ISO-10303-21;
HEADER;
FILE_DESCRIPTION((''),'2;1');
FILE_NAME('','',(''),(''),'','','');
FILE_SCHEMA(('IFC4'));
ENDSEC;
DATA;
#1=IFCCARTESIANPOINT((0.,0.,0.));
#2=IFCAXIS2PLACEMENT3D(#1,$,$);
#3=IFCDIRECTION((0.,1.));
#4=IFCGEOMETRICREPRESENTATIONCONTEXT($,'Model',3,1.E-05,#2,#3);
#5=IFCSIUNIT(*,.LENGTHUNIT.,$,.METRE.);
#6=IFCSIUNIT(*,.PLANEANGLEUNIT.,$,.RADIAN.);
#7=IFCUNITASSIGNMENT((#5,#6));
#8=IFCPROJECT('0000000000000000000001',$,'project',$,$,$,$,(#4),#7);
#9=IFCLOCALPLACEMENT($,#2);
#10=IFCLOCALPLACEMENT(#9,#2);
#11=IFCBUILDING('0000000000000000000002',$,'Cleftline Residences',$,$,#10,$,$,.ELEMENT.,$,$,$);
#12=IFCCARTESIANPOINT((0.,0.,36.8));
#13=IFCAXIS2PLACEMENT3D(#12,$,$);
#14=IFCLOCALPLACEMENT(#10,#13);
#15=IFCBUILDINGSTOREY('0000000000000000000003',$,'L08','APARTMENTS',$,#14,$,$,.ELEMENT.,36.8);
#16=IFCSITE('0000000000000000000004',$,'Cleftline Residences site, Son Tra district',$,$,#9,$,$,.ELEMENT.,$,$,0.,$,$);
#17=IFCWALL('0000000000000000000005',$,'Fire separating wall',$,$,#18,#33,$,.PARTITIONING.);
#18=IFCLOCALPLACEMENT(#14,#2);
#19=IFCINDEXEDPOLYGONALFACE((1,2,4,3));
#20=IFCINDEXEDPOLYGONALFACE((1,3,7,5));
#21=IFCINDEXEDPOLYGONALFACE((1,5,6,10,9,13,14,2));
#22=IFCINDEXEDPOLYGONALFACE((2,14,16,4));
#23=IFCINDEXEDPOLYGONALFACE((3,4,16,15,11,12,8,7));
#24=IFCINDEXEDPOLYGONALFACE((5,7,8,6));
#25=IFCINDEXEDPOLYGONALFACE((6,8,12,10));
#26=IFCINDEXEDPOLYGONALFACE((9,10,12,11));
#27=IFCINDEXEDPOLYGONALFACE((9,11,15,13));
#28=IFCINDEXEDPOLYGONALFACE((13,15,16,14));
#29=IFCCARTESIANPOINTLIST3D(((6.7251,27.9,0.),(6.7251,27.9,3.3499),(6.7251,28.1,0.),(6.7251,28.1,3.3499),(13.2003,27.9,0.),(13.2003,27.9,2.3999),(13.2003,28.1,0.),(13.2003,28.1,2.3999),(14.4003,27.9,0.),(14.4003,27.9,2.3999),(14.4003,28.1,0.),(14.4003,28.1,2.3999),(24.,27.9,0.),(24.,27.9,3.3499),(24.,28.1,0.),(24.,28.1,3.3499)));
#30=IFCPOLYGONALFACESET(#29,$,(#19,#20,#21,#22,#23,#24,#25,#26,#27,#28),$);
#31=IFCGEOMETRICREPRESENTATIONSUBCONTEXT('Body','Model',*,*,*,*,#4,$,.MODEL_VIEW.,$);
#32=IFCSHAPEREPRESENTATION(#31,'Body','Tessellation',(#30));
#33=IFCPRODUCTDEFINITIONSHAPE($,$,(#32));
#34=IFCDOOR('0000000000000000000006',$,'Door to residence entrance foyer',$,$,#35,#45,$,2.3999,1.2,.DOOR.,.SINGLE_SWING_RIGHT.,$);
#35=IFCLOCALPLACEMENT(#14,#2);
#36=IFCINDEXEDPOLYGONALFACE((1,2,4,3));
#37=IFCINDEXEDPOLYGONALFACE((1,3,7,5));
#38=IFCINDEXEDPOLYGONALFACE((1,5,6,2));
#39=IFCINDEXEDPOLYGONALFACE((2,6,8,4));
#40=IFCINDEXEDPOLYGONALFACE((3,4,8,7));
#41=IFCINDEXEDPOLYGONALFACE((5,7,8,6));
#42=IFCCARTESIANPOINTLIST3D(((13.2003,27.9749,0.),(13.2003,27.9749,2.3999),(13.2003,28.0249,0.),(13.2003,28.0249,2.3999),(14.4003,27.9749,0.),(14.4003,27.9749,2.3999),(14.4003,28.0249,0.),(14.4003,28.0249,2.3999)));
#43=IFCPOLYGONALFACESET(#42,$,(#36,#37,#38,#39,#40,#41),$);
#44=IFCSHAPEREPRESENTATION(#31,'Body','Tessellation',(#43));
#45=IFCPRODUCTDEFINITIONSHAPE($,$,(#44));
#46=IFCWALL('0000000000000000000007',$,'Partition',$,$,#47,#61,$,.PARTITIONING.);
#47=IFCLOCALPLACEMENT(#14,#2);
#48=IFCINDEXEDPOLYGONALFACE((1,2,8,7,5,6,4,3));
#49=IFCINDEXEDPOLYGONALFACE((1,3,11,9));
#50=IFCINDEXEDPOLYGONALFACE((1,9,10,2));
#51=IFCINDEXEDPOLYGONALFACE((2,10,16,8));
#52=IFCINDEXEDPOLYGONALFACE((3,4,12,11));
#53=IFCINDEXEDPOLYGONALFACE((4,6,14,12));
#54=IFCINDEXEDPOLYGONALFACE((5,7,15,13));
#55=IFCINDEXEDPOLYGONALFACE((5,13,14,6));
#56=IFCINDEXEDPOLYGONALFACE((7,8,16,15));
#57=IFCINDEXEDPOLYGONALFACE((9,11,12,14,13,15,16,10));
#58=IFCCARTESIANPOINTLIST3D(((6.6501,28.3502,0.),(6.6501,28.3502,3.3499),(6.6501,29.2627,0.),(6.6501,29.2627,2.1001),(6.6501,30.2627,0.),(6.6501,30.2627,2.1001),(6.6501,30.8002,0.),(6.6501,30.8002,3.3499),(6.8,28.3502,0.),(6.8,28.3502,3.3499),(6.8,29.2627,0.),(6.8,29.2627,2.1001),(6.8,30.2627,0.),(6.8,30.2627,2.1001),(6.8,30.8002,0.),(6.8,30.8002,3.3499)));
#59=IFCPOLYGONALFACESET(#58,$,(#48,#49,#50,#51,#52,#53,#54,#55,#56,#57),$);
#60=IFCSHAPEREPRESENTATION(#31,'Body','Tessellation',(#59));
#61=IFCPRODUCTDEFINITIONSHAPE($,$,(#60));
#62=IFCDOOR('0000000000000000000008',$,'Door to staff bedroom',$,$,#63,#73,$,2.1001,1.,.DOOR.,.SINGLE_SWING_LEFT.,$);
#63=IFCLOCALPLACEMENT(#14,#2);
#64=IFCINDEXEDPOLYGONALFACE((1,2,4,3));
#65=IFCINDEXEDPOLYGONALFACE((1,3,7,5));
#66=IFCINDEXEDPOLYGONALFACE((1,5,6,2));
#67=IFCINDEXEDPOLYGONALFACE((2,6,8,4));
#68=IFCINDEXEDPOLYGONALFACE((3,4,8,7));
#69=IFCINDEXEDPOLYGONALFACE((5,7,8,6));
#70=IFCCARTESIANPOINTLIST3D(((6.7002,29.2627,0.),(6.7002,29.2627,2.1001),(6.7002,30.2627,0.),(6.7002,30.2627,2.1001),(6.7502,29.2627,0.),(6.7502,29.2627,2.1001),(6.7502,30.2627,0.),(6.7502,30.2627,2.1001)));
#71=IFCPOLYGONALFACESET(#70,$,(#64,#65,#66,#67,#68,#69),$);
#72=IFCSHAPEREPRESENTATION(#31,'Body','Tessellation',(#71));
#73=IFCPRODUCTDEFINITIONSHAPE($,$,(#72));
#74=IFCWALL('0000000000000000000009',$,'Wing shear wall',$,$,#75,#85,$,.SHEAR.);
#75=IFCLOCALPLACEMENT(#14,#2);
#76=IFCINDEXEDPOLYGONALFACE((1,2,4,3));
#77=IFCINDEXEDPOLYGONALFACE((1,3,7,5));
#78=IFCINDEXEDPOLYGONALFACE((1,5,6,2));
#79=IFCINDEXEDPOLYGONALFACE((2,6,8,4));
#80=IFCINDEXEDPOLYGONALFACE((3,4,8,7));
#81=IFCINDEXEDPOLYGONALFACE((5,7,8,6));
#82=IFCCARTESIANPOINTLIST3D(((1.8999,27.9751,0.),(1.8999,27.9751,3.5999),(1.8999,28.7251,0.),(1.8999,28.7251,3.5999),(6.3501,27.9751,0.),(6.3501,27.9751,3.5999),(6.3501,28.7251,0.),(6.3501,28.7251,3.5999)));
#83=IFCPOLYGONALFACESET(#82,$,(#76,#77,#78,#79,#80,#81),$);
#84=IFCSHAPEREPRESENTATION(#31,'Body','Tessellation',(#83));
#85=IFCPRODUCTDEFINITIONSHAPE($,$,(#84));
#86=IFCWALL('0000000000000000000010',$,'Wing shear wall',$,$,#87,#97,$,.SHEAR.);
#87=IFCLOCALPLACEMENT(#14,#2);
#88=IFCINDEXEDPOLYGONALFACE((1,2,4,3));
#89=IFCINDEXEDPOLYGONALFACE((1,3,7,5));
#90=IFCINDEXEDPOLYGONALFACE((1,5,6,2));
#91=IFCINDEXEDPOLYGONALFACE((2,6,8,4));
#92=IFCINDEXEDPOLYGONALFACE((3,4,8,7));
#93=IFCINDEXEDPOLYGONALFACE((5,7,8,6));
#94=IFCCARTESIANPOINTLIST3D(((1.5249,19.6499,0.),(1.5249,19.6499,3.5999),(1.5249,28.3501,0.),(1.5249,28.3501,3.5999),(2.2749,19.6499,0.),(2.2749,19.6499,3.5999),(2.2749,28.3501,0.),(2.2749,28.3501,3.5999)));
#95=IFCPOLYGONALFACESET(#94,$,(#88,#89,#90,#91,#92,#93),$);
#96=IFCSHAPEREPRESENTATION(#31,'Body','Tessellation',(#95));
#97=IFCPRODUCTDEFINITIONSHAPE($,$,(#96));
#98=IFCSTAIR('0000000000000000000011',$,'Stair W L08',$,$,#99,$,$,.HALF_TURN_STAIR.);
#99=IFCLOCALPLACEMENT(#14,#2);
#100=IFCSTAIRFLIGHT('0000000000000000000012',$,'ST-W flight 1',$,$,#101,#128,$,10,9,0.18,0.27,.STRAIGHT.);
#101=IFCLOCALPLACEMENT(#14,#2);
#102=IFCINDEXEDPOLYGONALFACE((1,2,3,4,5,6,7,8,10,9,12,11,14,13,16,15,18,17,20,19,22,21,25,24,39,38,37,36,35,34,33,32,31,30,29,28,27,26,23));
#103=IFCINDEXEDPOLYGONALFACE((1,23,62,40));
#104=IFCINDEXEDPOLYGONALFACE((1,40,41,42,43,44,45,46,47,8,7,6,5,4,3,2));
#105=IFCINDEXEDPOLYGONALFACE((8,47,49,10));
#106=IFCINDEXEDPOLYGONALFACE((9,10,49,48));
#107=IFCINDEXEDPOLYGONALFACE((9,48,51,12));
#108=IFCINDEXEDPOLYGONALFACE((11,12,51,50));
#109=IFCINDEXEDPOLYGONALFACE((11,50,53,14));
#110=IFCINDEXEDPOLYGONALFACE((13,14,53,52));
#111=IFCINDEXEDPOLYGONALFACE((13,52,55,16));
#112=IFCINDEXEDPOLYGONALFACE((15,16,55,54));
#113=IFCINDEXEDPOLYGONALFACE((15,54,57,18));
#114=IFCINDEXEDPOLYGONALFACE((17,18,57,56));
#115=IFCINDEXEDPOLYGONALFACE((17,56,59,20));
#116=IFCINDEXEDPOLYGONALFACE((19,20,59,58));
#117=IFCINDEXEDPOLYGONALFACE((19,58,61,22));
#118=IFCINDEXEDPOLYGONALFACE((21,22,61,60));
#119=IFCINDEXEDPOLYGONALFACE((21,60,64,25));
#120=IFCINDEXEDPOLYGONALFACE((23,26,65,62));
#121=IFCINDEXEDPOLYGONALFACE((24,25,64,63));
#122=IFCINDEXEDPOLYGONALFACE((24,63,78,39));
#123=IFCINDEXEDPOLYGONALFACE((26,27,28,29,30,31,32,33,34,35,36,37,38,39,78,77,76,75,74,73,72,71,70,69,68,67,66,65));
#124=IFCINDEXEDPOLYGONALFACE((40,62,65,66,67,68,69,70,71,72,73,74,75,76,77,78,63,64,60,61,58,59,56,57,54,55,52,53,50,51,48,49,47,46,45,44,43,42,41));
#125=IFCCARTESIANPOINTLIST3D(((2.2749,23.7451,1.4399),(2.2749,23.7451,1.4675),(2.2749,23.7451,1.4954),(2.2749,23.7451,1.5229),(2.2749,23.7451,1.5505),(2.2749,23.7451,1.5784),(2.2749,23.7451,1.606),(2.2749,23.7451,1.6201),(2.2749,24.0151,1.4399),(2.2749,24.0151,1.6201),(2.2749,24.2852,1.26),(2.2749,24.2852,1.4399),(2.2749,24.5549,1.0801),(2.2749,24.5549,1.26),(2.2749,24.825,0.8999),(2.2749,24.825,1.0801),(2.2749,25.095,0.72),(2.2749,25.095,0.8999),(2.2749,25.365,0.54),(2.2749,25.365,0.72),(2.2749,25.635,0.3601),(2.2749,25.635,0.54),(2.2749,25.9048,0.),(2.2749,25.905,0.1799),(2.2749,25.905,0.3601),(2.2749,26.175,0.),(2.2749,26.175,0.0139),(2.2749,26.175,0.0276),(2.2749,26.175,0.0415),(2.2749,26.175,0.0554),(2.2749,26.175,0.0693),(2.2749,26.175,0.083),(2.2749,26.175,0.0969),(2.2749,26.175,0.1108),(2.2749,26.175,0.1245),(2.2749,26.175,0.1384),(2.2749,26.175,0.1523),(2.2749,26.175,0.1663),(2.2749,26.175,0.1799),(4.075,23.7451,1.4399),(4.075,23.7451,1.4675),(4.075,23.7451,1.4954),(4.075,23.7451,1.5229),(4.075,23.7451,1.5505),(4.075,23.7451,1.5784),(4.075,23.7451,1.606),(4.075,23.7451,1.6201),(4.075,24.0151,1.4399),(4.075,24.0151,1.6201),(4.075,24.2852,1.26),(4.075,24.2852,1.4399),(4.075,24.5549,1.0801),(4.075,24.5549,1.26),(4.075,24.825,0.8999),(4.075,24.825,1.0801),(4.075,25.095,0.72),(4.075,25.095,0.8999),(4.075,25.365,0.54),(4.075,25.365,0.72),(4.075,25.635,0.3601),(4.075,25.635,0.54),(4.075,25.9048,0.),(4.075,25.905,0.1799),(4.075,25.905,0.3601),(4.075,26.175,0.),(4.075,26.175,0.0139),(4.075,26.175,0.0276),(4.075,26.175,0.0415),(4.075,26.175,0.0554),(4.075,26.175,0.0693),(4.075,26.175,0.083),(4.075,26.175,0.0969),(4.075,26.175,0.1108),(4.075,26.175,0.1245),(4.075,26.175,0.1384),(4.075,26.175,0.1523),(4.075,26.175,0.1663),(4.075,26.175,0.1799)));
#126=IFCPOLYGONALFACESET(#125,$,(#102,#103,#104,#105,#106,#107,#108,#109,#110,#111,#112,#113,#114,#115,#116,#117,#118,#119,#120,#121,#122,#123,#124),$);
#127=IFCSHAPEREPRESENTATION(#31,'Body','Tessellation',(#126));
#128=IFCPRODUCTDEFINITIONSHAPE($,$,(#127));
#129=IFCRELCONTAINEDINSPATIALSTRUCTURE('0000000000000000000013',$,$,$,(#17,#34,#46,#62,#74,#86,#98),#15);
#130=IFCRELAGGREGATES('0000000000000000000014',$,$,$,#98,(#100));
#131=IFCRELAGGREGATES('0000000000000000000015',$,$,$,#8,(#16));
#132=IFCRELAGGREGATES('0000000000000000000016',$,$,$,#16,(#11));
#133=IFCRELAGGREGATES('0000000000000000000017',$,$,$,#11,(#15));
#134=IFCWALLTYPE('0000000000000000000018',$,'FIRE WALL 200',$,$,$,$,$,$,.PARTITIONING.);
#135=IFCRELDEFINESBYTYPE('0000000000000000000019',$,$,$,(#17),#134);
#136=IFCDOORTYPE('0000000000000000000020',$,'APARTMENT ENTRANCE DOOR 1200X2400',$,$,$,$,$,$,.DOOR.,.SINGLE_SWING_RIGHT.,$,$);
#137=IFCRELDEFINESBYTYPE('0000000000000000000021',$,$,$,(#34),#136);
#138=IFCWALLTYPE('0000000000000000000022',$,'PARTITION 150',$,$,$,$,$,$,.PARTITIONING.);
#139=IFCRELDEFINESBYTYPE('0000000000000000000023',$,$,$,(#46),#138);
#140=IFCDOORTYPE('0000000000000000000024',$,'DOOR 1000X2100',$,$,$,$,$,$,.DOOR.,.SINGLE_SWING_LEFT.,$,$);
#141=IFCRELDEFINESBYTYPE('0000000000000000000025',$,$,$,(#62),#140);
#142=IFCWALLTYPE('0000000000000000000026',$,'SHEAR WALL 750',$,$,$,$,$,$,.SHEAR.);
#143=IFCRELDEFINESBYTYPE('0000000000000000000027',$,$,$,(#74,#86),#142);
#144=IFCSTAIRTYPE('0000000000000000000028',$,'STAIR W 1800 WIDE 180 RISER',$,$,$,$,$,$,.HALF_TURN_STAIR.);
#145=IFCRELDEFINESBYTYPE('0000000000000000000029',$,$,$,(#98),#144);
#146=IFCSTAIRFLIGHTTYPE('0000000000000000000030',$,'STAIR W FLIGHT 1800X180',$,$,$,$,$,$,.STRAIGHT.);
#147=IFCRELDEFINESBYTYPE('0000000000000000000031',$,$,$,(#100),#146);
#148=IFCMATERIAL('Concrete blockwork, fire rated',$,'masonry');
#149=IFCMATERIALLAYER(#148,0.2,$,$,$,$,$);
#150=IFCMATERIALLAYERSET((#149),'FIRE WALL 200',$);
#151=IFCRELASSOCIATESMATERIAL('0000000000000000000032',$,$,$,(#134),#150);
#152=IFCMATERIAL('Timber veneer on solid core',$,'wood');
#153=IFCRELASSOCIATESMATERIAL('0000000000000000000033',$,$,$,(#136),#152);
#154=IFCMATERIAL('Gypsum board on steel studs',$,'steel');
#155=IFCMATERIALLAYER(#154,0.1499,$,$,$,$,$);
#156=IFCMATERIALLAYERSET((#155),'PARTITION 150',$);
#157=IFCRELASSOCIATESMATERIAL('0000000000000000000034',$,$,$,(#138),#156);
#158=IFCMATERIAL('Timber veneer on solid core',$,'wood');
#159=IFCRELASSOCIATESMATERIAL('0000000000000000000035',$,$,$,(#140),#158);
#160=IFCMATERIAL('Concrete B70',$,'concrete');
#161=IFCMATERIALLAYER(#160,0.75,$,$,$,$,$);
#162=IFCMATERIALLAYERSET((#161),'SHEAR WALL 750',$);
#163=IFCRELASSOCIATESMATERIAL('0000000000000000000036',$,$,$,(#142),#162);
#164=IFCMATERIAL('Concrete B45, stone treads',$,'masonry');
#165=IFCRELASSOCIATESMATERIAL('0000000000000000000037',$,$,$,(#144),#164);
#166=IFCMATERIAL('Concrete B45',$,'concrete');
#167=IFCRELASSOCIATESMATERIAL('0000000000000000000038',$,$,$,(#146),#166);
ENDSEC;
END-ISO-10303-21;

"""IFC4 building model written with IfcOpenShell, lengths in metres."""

from ifc_helpers import new_model, si_unit, direction, frame, frame_2d, origin, place, context, subcontext, project, spatial, polyline, rectangle, outline, extrude, material, layer, layer_set, type_object, element, fill, aggregate, save


model = new_model("IFC4")

# Units and contexts
model_context = context("Model", 3, precision=1e-05, world=origin(), true_north=direction((0.0, 1.0)))
body_context = subcontext(model_context, "Body", "Model", "MODEL_VIEW")
ifc_project = project(units=[si_unit("LENGTHUNIT", "METRE"), si_unit("PLANEANGLEUNIT", "RADIAN")], contexts=[model_context])

# Site, building, storey
site_placement = place(None, origin())
site = spatial("IfcSite", under=ifc_project, at=site_placement, Name="Cleftline Residences site, Son Tra district", CompositionType="ELEMENT", RefElevation=0.0)
building_placement = place(site_placement, origin())
building = spatial("IfcBuilding", under=site, at=building_placement, Name="Cleftline Residences", CompositionType="ELEMENT")
storey_placement = place(building_placement, frame((0.0, 0.0, 36.8)))
storey = spatial("IfcBuildingStorey", under=building, at=storey_placement, Name="L08", Description="APARTMENTS", CompositionType="ELEMENT", Elevation=36.8)

# Walls, openings, doors
ifc_material_1 = material(Name="Concrete blockwork, fire rated", Category="masonry")
ifc_layer_1 = layer(ifc_material_1, 0.2)
ifc_layer_set_1 = layer_set([ifc_layer_1], Name="FIRE WALL 200")
wall_type_1 = type_object("IfcWallType", Name="FIRE WALL 200", PredefinedType="PARTITIONING", material=ifc_layer_set_1)
wall_1_placement = place(storey_placement, frame((6.7251, 28.0, 0.0), z_axis=(0.0, 0.0, 1.0), x_axis=(1.0, 0.0, 0.0)))
wall_1 = element("IfcWall", 1, at=wall_1_placement, inside=storey, type_object=wall_type_1, Name="Fire separating wall", PredefinedType="PARTITIONING", context=body_context, shape_type="SweptSolid", body=[
    extrude(rectangle(XDim=17.2749, YDim=0.2, at=frame_2d((8.6375, 0.0))), origin(), (0.0, 0.0, 1.0), 3.3499),
])
opening_1_placement = place(wall_1_placement, frame((6.4751, 0.0, 0.0)))
opening_1 = element("IfcOpeningElement", 2, at=opening_1_placement, cuts=wall_1, PredefinedType="OPENING", context=body_context, shape_type="SweptSolid", body=[
    extrude(rectangle(XDim=1.2, YDim=2.3999, at=frame_2d((0.6001, 1.2))), frame((0.0, 0.1099, 0.0), z_axis=(0.0, -1.0, 0.0), x_axis=(1.0, 0.0, 0.0)), (0.0, 0.0, 1.0), 0.22),
])
ifc_material_2 = material(Name="Timber veneer on solid core", Category="wood")
door_type_1 = type_object("IfcDoorType", Name="APARTMENT ENTRANCE DOOR 1200X2400", OperationType="SINGLE_SWING_RIGHT", PredefinedType="DOOR", material=ifc_material_2)
door_1_placement = place(opening_1_placement, origin())
door_1 = element("IfcDoor", 3, at=door_1_placement, inside=storey, type_object=door_type_1, Name="Door to residence entrance foyer", OperationType="SINGLE_SWING_RIGHT", OverallHeight=2.3999, OverallWidth=1.2, PredefinedType="DOOR", context=body_context, shape_type="SweptSolid", body=[
    extrude(rectangle(XDim=1.2, YDim=2.3999, at=frame_2d((0.6001, 1.2))), frame((0.0, 0.0249, 0.0), z_axis=(0.0, -1.0, 0.0), x_axis=(1.0, 0.0, 0.0)), (0.0, 0.0, 1.0), 0.05),
])
fill(opening_1, door_1)
ifc_material_3 = material(Name="Gypsum board on steel studs", Category="steel")
ifc_layer_2 = layer(ifc_material_3, 0.1499)
ifc_layer_set_2 = layer_set([ifc_layer_2], Name="PARTITION 150")
wall_type_2 = type_object("IfcWallType", Name="PARTITION 150", PredefinedType="PARTITIONING", material=ifc_layer_set_2)
wall_2_placement = place(storey_placement, frame((6.7251, 28.3501, 0.0), z_axis=(0.0, 0.0, 1.0), x_axis=(0.0, 1.0, 0.0)))
wall_2 = element("IfcWall", 4, at=wall_2_placement, inside=storey, type_object=wall_type_2, Name="Partition", PredefinedType="PARTITIONING", context=body_context, shape_type="SweptSolid", body=[
    extrude(rectangle(XDim=2.45, YDim=0.1499, at=frame_2d((1.2251, 0.0))), origin(), (0.0, 0.0, 1.0), 3.3499),
])
opening_2_placement = place(wall_2_placement, frame((0.9126, 0.0, 0.0)))
opening_2 = element("IfcOpeningElement", 5, at=opening_2_placement, cuts=wall_2, PredefinedType="OPENING", context=body_context, shape_type="SweptSolid", body=[
    extrude(rectangle(XDim=1.0, YDim=2.1001, at=frame_2d((0.5, 1.05))), frame((0.0, 0.085, 0.0), z_axis=(0.0, -1.0, 0.0), x_axis=(1.0, 0.0, 0.0)), (0.0, 0.0, 1.0), 0.1699),
])
ifc_material_4 = material(Name="Timber veneer on solid core", Category="wood")
door_type_2 = type_object("IfcDoorType", Name="DOOR 1000X2100", OperationType="SINGLE_SWING_LEFT", PredefinedType="DOOR", material=ifc_material_4)
door_2_placement = place(opening_2_placement, origin())
door_2 = element("IfcDoor", 6, at=door_2_placement, inside=storey, type_object=door_type_2, Name="Door to staff bedroom", OperationType="SINGLE_SWING_LEFT", OverallHeight=2.1001, OverallWidth=1.0, PredefinedType="DOOR", context=body_context, shape_type="SweptSolid", body=[
    extrude(rectangle(XDim=1.0, YDim=2.1001, at=frame_2d((0.5, 1.05))), frame((0.0, 0.0249, 0.0), z_axis=(0.0, -1.0, 0.0), x_axis=(1.0, 0.0, 0.0)), (0.0, 0.0, 1.0), 0.05),
])
fill(opening_2, door_2)

# Walls
ifc_material_5 = material(Name="Concrete B70", Category="concrete")
ifc_layer_3 = layer(ifc_material_5, 0.75)
ifc_layer_set_3 = layer_set([ifc_layer_3], Name="SHEAR WALL 750")
wall_type_3 = type_object("IfcWallType", Name="SHEAR WALL 750", PredefinedType="SHEAR", material=ifc_layer_set_3)
wall_3_placement = place(storey_placement, frame((6.3501, 28.3501, 0.0), z_axis=(0.0, 0.0, 1.0), x_axis=(-1.0, 0.0, 0.0)))
element("IfcWall", 7, at=wall_3_placement, inside=storey, type_object=wall_type_3, Name="Wing shear wall", PredefinedType="SHEAR", context=body_context, shape_type="SweptSolid", body=[
    extrude(rectangle(XDim=4.4502, YDim=0.75, at=frame_2d((2.2251, 0.0))), origin(), (0.0, 0.0, 1.0), 3.5999),
])
wall_4_placement = place(storey_placement, frame((1.8999, 28.3501, 0.0), z_axis=(0.0, 0.0, 1.0), x_axis=(0.0, -1.0, 0.0)))
element("IfcWall", 8, at=wall_4_placement, inside=storey, type_object=wall_type_3, Name="Wing shear wall", PredefinedType="SHEAR", context=body_context, shape_type="SweptSolid", body=[
    extrude(rectangle(XDim=8.7002, YDim=0.75, at=frame_2d((4.3501, 0.0))), origin(), (0.0, 0.0, 1.0), 3.5999),
])

# Stair, stair flight
ifc_material_6 = material(Name="Concrete B45, stone treads", Category="masonry")
stair_type = type_object("IfcStairType", Name="STAIR W 1800 WIDE 180 RISER", PredefinedType="HALF_TURN_STAIR", material=ifc_material_6)
stair_placement = place(storey_placement, origin())
stair = element("IfcStair", 9, at=stair_placement, inside=storey, type_object=stair_type, Name="Stair W L08", PredefinedType="HALF_TURN_STAIR")
ifc_material_7 = material(Name="Concrete B45", Category="concrete")
stair_flight_type = type_object("IfcStairFlightType", Name="STAIR W FLIGHT 1800X180", PredefinedType="STRAIGHT", material=ifc_material_7)
stair_flight_1_placement = place(storey_placement, frame((3.175, 26.175, 0.0), z_axis=(0.0, 0.0, 1.0), x_axis=(0.0, -1.0, 0.0)))
stair_flight_1 = element("IfcStairFlight", 10, at=stair_flight_1_placement, type_object=stair_flight_type, Name="ST-W flight 1", NumberOfRisers=10, NumberOfTreads=9, PredefinedType="STRAIGHT", RiserHeight=0.18, TreadLength=0.27, context=body_context, shape_type="SweptSolid", body=[
    extrude(outline(polyline([(0.0, 0.0), (0.0, 0.0139), (0.0, 0.0276), (0.0, 0.0415), (0.0, 0.0554), (0.0, 0.0693), (0.0, 0.083), (0.0, 0.0969), (0.0, 0.1108), (0.0, 0.1245), (0.0, 0.1384), (0.0, 0.1523), (0.0, 0.1663), (0.0, 0.1799), (0.27, 0.1799), (0.27, 0.3601), (0.54, 0.3601), (0.54, 0.54), (0.8101, 0.54), (0.8101, 0.72), (1.0801, 0.72), (1.0801, 0.8999), (1.3501, 0.8999), (1.3501, 1.0801), (1.6201, 1.0801), (1.6201, 1.26), (1.8899, 1.26), (1.8899, 1.4399), (2.1599, 1.4399), (2.1599, 1.6201), (2.4299, 1.6201), (2.4299, 1.8), (2.4299, 1.7722), (2.4299, 1.7446), (2.4299, 1.7168), (2.4299, 1.6892), (2.4299, 1.6614), (2.4299, 1.6338), (2.4299, 1.606), (2.4299, 1.5784), (2.4299, 1.5505), (2.4299, 1.5229), (2.4299, 1.4954), (2.4299, 1.4675), (2.4299, 1.4399), (0.2703, 0.0), (0.0, 0.0)])), frame((0.0, 0.8999, 0.0), z_axis=(0.0, -1.0, 0.0), x_axis=(1.0, 0.0, 0.0)), (0.0, 0.0, 1.0), 1.8),
])
aggregate(stair, [stair_flight_1])

save(model, "model.ifc")
